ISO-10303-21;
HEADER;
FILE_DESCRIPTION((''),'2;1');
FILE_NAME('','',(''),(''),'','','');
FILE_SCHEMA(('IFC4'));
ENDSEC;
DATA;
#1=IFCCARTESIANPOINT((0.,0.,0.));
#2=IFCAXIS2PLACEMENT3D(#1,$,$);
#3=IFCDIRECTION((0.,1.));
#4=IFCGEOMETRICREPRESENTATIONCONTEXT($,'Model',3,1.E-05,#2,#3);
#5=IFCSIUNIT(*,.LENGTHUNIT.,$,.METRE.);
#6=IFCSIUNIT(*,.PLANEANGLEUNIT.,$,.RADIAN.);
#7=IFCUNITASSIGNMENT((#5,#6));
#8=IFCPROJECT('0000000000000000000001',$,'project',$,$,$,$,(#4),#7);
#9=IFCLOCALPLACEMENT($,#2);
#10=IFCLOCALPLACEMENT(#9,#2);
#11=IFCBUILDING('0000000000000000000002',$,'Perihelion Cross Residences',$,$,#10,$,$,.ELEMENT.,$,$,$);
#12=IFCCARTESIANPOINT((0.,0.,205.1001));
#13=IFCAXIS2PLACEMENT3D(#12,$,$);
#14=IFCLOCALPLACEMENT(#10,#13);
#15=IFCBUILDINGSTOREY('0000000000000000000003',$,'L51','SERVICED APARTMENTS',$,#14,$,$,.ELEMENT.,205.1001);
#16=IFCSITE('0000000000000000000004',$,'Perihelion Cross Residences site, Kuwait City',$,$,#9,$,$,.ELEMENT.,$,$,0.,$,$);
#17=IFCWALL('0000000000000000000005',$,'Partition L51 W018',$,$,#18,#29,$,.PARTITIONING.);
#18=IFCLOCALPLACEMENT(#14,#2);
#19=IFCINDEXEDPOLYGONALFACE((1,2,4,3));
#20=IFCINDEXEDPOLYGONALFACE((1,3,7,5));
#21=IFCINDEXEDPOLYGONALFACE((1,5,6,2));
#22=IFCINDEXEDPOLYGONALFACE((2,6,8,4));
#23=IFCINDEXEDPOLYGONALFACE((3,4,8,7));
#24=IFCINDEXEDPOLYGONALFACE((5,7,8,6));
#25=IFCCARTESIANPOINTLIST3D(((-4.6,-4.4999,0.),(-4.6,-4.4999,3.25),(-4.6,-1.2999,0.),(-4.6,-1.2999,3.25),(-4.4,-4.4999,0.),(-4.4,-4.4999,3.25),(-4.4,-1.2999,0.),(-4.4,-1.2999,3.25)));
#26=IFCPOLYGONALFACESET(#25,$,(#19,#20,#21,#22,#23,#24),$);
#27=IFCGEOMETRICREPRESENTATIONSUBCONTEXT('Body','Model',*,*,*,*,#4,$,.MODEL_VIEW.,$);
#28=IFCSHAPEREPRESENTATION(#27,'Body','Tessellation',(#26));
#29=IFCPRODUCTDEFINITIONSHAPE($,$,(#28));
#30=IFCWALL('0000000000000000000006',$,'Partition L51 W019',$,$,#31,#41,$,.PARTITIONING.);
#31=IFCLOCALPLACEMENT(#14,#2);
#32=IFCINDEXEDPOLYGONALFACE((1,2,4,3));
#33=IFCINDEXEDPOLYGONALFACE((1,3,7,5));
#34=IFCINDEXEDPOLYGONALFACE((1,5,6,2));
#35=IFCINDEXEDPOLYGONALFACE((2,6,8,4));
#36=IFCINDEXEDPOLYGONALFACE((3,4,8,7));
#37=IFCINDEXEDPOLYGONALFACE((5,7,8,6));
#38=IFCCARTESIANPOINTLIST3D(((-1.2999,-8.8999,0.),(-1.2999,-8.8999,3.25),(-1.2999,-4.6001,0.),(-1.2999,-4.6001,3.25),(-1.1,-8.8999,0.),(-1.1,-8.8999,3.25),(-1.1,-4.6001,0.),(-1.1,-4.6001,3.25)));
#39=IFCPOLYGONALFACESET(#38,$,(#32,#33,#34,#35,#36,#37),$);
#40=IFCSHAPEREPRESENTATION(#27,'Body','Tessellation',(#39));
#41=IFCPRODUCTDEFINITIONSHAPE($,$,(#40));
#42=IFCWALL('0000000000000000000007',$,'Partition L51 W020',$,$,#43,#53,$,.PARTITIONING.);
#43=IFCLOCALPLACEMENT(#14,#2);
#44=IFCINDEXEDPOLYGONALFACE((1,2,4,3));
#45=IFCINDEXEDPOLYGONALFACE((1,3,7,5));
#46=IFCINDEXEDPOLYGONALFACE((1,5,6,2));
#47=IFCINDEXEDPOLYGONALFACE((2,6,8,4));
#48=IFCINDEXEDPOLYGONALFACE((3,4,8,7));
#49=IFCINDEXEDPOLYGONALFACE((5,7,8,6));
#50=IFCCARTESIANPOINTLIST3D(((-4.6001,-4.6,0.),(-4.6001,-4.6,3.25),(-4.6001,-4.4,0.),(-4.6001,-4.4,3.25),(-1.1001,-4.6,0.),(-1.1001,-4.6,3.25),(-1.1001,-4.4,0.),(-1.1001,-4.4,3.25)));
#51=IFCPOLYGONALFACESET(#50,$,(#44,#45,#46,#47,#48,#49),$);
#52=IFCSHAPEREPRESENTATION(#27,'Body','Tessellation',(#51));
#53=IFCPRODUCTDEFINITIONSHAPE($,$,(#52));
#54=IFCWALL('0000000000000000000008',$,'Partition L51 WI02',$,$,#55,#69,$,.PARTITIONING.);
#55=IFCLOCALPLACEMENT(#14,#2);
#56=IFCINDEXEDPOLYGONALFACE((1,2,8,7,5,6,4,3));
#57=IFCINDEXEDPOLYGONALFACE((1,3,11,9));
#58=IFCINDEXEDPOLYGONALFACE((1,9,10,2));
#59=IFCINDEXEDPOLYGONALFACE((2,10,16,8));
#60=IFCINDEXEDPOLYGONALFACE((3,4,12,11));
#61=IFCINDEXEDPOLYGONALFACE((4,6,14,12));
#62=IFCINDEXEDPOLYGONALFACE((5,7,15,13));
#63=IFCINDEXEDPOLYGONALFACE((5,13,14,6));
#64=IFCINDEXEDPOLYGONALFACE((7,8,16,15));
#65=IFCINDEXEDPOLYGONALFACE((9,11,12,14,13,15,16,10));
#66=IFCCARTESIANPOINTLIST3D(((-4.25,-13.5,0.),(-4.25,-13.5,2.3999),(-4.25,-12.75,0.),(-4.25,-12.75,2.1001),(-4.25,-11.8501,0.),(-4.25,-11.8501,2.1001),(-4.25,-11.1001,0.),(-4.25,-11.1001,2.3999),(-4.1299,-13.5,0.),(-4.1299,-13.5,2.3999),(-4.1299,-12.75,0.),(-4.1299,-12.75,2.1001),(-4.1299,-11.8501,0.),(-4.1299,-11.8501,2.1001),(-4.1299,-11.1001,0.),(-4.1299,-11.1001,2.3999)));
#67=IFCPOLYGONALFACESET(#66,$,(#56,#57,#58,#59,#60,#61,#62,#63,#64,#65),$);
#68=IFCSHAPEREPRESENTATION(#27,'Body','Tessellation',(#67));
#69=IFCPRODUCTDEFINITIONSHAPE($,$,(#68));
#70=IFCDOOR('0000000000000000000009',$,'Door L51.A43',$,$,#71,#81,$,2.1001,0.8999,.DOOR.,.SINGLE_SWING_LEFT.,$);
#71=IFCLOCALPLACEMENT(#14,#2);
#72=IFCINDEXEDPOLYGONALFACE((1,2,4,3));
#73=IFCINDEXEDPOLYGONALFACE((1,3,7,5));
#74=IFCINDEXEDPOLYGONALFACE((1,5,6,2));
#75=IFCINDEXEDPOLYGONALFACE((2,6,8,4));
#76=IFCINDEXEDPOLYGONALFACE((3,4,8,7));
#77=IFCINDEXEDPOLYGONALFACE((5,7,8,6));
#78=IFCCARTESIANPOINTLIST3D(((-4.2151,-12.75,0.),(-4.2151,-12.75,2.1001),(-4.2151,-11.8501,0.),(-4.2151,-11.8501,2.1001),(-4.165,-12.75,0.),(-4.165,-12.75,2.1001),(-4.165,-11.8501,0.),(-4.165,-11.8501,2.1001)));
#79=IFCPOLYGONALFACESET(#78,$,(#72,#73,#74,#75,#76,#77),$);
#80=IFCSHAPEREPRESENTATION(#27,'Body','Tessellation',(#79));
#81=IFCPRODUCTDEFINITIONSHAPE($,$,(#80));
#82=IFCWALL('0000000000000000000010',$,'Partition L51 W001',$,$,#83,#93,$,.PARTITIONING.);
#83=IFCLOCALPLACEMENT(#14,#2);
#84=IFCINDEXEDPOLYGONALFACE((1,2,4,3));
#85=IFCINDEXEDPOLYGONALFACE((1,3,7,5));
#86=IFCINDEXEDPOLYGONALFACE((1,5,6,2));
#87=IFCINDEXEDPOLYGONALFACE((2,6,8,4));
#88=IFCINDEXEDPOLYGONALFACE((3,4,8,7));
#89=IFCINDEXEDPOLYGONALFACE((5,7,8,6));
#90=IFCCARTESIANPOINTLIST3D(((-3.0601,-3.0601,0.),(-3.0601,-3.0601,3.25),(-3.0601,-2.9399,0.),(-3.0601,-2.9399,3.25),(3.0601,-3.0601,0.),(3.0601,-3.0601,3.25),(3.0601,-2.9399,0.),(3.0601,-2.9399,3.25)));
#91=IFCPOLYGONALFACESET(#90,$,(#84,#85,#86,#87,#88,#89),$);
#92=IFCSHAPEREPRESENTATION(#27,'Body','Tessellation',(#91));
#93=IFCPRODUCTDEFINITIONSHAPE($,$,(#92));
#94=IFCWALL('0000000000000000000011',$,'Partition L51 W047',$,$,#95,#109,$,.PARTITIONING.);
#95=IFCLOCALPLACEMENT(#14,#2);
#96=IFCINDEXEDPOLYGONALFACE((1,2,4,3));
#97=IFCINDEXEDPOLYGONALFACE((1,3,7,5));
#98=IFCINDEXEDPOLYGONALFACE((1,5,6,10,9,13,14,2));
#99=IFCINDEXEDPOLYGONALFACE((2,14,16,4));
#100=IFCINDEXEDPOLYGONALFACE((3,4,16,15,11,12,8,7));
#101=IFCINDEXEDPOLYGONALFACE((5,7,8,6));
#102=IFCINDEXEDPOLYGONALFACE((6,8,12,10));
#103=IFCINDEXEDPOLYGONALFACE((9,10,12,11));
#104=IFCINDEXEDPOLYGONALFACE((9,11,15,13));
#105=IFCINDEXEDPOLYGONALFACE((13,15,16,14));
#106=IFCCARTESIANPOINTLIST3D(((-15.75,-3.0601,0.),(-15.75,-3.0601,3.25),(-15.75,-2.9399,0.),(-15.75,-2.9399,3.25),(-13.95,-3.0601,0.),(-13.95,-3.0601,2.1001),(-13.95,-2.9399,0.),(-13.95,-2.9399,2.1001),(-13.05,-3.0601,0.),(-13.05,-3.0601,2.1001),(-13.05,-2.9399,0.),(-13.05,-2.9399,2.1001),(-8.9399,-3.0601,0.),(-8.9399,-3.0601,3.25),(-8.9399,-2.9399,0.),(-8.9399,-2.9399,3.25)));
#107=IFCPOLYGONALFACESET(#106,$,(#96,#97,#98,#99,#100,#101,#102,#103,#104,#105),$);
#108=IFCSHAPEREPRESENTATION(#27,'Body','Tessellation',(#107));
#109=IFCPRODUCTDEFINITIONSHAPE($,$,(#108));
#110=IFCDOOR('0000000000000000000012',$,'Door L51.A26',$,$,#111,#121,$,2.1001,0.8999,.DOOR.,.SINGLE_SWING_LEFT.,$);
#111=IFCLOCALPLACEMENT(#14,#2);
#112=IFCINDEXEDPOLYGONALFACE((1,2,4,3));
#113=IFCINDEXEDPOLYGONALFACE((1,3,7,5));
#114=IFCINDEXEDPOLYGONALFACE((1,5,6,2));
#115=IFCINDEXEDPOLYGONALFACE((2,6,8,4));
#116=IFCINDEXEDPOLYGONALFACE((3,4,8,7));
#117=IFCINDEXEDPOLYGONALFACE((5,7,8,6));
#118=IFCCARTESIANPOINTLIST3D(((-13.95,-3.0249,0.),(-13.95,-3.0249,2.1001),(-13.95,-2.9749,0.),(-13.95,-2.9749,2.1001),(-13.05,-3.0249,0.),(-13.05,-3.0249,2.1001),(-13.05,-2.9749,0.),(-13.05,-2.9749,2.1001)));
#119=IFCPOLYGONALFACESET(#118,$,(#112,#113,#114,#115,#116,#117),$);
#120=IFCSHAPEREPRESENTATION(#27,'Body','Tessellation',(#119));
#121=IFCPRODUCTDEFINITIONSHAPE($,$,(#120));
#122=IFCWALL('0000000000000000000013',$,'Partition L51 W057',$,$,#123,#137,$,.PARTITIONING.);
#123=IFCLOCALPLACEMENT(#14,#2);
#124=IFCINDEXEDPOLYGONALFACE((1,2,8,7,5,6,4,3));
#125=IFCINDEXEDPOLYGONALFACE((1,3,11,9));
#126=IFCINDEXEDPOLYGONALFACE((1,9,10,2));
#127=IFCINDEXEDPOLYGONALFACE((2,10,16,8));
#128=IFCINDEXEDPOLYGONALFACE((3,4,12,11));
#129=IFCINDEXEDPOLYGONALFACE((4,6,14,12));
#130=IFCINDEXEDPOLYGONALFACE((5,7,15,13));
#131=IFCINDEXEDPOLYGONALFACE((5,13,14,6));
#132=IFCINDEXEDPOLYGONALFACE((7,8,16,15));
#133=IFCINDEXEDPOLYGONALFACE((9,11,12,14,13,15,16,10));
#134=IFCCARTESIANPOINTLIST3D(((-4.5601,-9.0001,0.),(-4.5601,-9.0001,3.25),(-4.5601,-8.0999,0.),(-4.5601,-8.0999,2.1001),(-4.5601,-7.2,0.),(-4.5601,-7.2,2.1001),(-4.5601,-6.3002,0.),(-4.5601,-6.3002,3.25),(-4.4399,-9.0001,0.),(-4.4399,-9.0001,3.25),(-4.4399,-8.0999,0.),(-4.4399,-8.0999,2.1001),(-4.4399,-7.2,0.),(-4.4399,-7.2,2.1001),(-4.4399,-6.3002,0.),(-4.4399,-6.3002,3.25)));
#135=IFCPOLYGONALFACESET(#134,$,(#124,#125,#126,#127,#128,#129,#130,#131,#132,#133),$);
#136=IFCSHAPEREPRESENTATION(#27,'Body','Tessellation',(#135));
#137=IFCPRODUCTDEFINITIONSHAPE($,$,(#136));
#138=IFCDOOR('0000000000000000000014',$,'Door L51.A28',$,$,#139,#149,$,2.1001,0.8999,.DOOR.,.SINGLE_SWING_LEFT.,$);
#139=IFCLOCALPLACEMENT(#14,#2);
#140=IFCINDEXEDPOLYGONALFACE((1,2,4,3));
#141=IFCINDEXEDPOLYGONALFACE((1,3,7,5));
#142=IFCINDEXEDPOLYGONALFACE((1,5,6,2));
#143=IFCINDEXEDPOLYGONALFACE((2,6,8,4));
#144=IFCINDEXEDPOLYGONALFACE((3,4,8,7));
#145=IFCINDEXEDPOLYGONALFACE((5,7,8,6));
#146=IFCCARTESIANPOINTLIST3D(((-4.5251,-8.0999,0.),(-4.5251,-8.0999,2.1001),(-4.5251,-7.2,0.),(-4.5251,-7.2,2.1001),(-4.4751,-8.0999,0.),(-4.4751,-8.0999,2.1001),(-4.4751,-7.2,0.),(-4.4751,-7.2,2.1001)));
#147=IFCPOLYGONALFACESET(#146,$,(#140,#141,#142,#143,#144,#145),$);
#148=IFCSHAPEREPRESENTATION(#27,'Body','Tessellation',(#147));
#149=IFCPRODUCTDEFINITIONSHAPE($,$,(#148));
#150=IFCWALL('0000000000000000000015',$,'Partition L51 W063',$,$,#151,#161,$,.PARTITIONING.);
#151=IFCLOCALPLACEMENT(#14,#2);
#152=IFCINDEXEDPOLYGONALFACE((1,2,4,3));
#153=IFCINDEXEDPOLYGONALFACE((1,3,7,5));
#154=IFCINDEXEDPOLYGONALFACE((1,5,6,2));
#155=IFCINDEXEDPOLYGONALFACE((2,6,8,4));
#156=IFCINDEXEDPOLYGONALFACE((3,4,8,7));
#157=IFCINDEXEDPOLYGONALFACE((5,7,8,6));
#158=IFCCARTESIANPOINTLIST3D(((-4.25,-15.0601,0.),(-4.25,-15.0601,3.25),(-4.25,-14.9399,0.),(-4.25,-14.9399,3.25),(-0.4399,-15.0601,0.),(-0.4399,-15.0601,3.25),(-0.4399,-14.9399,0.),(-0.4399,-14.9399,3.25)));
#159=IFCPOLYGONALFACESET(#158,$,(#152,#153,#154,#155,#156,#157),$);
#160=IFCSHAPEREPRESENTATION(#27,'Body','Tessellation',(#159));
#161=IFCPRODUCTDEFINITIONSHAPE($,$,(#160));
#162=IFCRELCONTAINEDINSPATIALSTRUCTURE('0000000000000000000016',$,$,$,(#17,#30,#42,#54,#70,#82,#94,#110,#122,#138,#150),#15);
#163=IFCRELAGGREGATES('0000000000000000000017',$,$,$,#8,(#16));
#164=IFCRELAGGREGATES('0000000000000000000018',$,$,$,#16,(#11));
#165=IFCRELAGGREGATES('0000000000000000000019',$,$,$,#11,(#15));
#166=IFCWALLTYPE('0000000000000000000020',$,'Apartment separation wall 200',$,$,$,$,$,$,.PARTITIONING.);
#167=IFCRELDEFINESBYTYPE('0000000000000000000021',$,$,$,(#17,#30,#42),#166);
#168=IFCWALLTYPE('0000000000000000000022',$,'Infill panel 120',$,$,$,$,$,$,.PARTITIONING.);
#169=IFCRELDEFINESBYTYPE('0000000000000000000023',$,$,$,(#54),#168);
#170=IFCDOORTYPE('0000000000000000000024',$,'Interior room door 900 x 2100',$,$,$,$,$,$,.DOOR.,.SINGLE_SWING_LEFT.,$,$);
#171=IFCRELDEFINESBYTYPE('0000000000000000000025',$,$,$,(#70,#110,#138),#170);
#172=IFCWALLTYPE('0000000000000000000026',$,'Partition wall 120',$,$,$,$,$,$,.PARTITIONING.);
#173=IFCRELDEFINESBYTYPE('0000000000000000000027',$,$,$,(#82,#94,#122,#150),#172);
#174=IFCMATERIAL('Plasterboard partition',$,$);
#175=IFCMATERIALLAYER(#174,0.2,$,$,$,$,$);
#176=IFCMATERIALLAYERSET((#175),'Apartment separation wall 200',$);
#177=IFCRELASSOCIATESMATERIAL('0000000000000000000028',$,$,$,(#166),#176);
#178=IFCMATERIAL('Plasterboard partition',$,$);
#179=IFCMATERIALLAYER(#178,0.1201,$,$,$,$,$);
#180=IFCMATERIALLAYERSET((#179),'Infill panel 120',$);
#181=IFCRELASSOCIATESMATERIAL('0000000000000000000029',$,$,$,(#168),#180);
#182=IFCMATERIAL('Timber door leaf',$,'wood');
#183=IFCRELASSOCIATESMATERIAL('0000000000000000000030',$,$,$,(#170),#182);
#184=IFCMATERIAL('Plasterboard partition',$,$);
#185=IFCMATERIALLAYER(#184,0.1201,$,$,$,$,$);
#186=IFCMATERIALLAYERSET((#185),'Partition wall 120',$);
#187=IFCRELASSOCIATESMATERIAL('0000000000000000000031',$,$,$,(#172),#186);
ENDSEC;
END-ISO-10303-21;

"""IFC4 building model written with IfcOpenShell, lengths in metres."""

from ifc_helpers import new_model, si_unit, direction, frame, frame_2d, origin, place, context, subcontext, project, spatial, rectangle, extrude, material, layer, layer_set, type_object, element, fill, save


model = new_model("IFC4")

# Units and contexts
model_context = context("Model", 3, precision=1e-05, world=origin(), true_north=direction((0.0, 1.0)))
body_context = subcontext(model_context, "Body", "Model", "MODEL_VIEW")
ifc_project = project(units=[si_unit("LENGTHUNIT", "METRE"), si_unit("PLANEANGLEUNIT", "RADIAN")], contexts=[model_context])

# Site, building, storey
site_placement = place(None, origin())
site = spatial("IfcSite", under=ifc_project, at=site_placement, Name="Perihelion Cross Residences site, Kuwait City", CompositionType="ELEMENT", RefElevation=0.0)
building_placement = place(site_placement, origin())
building = spatial("IfcBuilding", under=site, at=building_placement, Name="Perihelion Cross Residences", CompositionType="ELEMENT")
storey_placement = place(building_placement, frame((0.0, 0.0, 205.1001)))
storey = spatial("IfcBuildingStorey", under=building, at=storey_placement, Name="L51", Description="SERVICED APARTMENTS", CompositionType="ELEMENT", Elevation=205.1001)

# Walls
ifc_material_1 = material(Name="Plasterboard partition")
ifc_layer_1 = layer(ifc_material_1, 0.2)
ifc_layer_set_1 = layer_set([ifc_layer_1], Name="Apartment separation wall 200")
wall_type_1 = type_object("IfcWallType", Name="Apartment separation wall 200", PredefinedType="PARTITIONING", material=ifc_layer_set_1)
wall_1_placement = place(storey_placement, frame((-4.5, -4.5, 0.0), z_axis=(0.0, 0.0, 1.0), x_axis=(0.0, 1.0, 0.0)))
element("IfcWall", 1, at=wall_1_placement, inside=storey, type_object=wall_type_1, Name="Partition L51 W018", PredefinedType="PARTITIONING", context=body_context, shape_type="SweptSolid", body=[
    extrude(rectangle(XDim=3.2, YDim=0.2, at=frame_2d((1.6001, 0.0))), origin(), (0.0, 0.0, 1.0), 3.25),
])
wall_2_placement = place(storey_placement, frame((-1.2, -8.8999, 0.0), z_axis=(0.0, 0.0, 1.0), x_axis=(0.0, 1.0, 0.0)))
element("IfcWall", 2, at=wall_2_placement, inside=storey, type_object=wall_type_1, Name="Partition L51 W019", PredefinedType="PARTITIONING", context=body_context, shape_type="SweptSolid", body=[
    extrude(rectangle(XDim=4.2998, YDim=0.2, at=frame_2d((2.1499, 0.0))), origin(), (0.0, 0.0, 1.0), 3.25),
])
wall_3_placement = place(storey_placement, frame((-1.1001, -4.5, 0.0), z_axis=(0.0, 0.0, 1.0), x_axis=(-1.0, 0.0, 0.0)))
element("IfcWall", 3, at=wall_3_placement, inside=storey, type_object=wall_type_1, Name="Partition L51 W020", PredefinedType="PARTITIONING", context=body_context, shape_type="SweptSolid", body=[
    extrude(rectangle(XDim=3.5, YDim=0.2, at=frame_2d((1.75, 0.0))), origin(), (0.0, 0.0, 1.0), 3.25),
])

# Wall, opening, door
ifc_material_2 = material(Name="Plasterboard partition")
ifc_layer_2 = layer(ifc_material_2, 0.1201)
ifc_layer_set_2 = layer_set([ifc_layer_2], Name="Infill panel 120")
wall_type_2 = type_object("IfcWallType", Name="Infill panel 120", PredefinedType="PARTITIONING", material=ifc_layer_set_2)
wall_4_placement = place(storey_placement, frame((-4.1899, -11.1001, 0.0), z_axis=(0.0, 0.0, 1.0), x_axis=(0.0, -1.0, 0.0)))
wall_4 = element("IfcWall", 4, at=wall_4_placement, inside=storey, type_object=wall_type_2, Name="Partition L51 WI02", PredefinedType="PARTITIONING", context=body_context, shape_type="SweptSolid", body=[
    extrude(rectangle(XDim=2.3999, YDim=0.1201, at=frame_2d((1.2, 0.0))), origin(), (0.0, 0.0, 1.0), 2.3999),
])
opening_1_placement = place(wall_4_placement, frame((0.75, 0.0, 0.0)))
opening_1 = element("IfcOpeningElement", 5, at=opening_1_placement, cuts=wall_4, PredefinedType="OPENING", context=body_context, shape_type="SweptSolid", body=[
    extrude(rectangle(XDim=0.8999, YDim=2.1001, at=frame_2d((0.45, 1.05))), frame((0.0, 0.0701, 0.0), z_axis=(0.0, -1.0, 0.0), x_axis=(1.0, 0.0, 0.0)), (0.0, 0.0, 1.0), 0.1401),
])
ifc_material_3 = material(Name="Timber door leaf", Category="wood")
door_type_1 = type_object("IfcDoorType", Name="Interior room door 900 x 2100", OperationType="SINGLE_SWING_LEFT", PredefinedType="DOOR", material=ifc_material_3)
door_1_placement = place(opening_1_placement, origin())
door_1 = element("IfcDoor", 6, at=door_1_placement, inside=storey, type_object=door_type_1, Name="Door L51.A43", OperationType="SINGLE_SWING_LEFT", OverallHeight=2.1001, OverallWidth=0.8999, PredefinedType="DOOR", context=body_context, shape_type="SweptSolid", body=[
    extrude(rectangle(XDim=0.8999, YDim=2.1001, at=frame_2d((0.45, 1.05))), frame((0.0, 0.0249, 0.0), z_axis=(0.0, -1.0, 0.0), x_axis=(1.0, 0.0, 0.0)), (0.0, 0.0, 1.0), 0.05),
])
fill(opening_1, door_1)

# Wall
ifc_material_4 = material(Name="Plasterboard partition")
ifc_layer_3 = layer(ifc_material_4, 0.1201)
ifc_layer_set_3 = layer_set([ifc_layer_3], Name="Partition wall 120")
wall_type_3 = type_object("IfcWallType", Name="Partition wall 120", PredefinedType="PARTITIONING", material=ifc_layer_set_3)
wall_5_placement = place(storey_placement, frame((-3.0601, -3.0, 0.0), z_axis=(0.0, 0.0, 1.0), x_axis=(1.0, 0.0, 0.0)))
element("IfcWall", 7, at=wall_5_placement, inside=storey, type_object=wall_type_3, Name="Partition L51 W001", PredefinedType="PARTITIONING", context=body_context, shape_type="SweptSolid", body=[
    extrude(rectangle(XDim=6.1201, YDim=0.1201, at=frame_2d((3.0601, 0.0))), origin(), (0.0, 0.0, 1.0), 3.25),
])

# Walls, openings, doors
wall_6_placement = place(storey_placement, frame((-8.9399, -3.0, 0.0), z_axis=(0.0, 0.0, 1.0), x_axis=(-1.0, 0.0, 0.0)))
wall_6 = element("IfcWall", 8, at=wall_6_placement, inside=storey, type_object=wall_type_3, Name="Partition L51 W047", PredefinedType="PARTITIONING", context=body_context, shape_type="SweptSolid", body=[
    extrude(rectangle(XDim=6.8101, YDim=0.1201, at=frame_2d((3.405, 0.0))), origin(), (0.0, 0.0, 1.0), 3.25),
])
opening_2_placement = place(wall_6_placement, frame((4.1101, 0.0, 0.0)))
opening_2 = element("IfcOpeningElement", 9, at=opening_2_placement, cuts=wall_6, PredefinedType="OPENING", context=body_context, shape_type="SweptSolid", body=[
    extrude(rectangle(XDim=0.8999, YDim=2.1001, at=frame_2d((0.45, 1.05))), frame((0.0, 0.0701, 0.0), z_axis=(0.0, -1.0, 0.0), x_axis=(1.0, 0.0, 0.0)), (0.0, 0.0, 1.0), 0.1401),
])
door_2_placement = place(opening_2_placement, origin())
door_2 = element("IfcDoor", 10, at=door_2_placement, inside=storey, type_object=door_type_1, Name="Door L51.A26", OperationType="SINGLE_SWING_LEFT", OverallHeight=2.1001, OverallWidth=0.8999, PredefinedType="DOOR", context=body_context, shape_type="SweptSolid", body=[
    extrude(rectangle(XDim=0.8999, YDim=2.1001, at=frame_2d((0.45, 1.05))), frame((0.0, 0.0249, 0.0), z_axis=(0.0, -1.0, 0.0), x_axis=(1.0, 0.0, 0.0)), (0.0, 0.0, 1.0), 0.05),
])
fill(opening_2, door_2)
wall_7_placement = place(storey_placement, frame((-4.5, -6.3, 0.0), z_axis=(0.0, 0.0, 1.0), x_axis=(0.0, -1.0, 0.0)))
wall_7 = element("IfcWall", 11, at=wall_7_placement, inside=storey, type_object=wall_type_3, Name="Partition L51 W057", PredefinedType="PARTITIONING", context=body_context, shape_type="SweptSolid", body=[
    extrude(rectangle(XDim=2.7, YDim=0.1201, at=frame_2d((1.3501, 0.0))), origin(), (0.0, 0.0, 1.0), 3.25),
])
opening_3_placement = place(wall_7_placement, frame((0.8999, 0.0, 0.0)))
opening_3 = element("IfcOpeningElement", 12, at=opening_3_placement, cuts=wall_7, PredefinedType="OPENING", context=body_context, shape_type="SweptSolid", body=[
    extrude(rectangle(XDim=0.8999, YDim=2.1001, at=frame_2d((0.45, 1.05))), frame((0.0, 0.0701, 0.0), z_axis=(0.0, -1.0, 0.0), x_axis=(1.0, 0.0, 0.0)), (0.0, 0.0, 1.0), 0.1401),
])
door_3_placement = place(opening_3_placement, origin())
door_3 = element("IfcDoor", 13, at=door_3_placement, inside=storey, type_object=door_type_1, Name="Door L51.A28", OperationType="SINGLE_SWING_LEFT", OverallHeight=2.1001, OverallWidth=0.8999, PredefinedType="DOOR", context=body_context, shape_type="SweptSolid", body=[
    extrude(rectangle(XDim=0.8999, YDim=2.1001, at=frame_2d((0.45, 1.05))), frame((0.0, 0.0249, 0.0), z_axis=(0.0, -1.0, 0.0), x_axis=(1.0, 0.0, 0.0)), (0.0, 0.0, 1.0), 0.05),
])
fill(opening_3, door_3)

# Wall
wall_8_placement = place(storey_placement, frame((-0.4399, -15.0, 0.0), z_axis=(0.0, 0.0, 1.0), x_axis=(-1.0, 0.0, 0.0)))
element("IfcWall", 14, at=wall_8_placement, inside=storey, type_object=wall_type_3, Name="Partition L51 W063", PredefinedType="PARTITIONING", context=body_context, shape_type="SweptSolid", body=[
    extrude(rectangle(XDim=3.8101, YDim=0.1201, at=frame_2d((1.905, 0.0))), origin(), (0.0, 0.0, 1.0), 3.25),
])

save(model, "model.ifc")
